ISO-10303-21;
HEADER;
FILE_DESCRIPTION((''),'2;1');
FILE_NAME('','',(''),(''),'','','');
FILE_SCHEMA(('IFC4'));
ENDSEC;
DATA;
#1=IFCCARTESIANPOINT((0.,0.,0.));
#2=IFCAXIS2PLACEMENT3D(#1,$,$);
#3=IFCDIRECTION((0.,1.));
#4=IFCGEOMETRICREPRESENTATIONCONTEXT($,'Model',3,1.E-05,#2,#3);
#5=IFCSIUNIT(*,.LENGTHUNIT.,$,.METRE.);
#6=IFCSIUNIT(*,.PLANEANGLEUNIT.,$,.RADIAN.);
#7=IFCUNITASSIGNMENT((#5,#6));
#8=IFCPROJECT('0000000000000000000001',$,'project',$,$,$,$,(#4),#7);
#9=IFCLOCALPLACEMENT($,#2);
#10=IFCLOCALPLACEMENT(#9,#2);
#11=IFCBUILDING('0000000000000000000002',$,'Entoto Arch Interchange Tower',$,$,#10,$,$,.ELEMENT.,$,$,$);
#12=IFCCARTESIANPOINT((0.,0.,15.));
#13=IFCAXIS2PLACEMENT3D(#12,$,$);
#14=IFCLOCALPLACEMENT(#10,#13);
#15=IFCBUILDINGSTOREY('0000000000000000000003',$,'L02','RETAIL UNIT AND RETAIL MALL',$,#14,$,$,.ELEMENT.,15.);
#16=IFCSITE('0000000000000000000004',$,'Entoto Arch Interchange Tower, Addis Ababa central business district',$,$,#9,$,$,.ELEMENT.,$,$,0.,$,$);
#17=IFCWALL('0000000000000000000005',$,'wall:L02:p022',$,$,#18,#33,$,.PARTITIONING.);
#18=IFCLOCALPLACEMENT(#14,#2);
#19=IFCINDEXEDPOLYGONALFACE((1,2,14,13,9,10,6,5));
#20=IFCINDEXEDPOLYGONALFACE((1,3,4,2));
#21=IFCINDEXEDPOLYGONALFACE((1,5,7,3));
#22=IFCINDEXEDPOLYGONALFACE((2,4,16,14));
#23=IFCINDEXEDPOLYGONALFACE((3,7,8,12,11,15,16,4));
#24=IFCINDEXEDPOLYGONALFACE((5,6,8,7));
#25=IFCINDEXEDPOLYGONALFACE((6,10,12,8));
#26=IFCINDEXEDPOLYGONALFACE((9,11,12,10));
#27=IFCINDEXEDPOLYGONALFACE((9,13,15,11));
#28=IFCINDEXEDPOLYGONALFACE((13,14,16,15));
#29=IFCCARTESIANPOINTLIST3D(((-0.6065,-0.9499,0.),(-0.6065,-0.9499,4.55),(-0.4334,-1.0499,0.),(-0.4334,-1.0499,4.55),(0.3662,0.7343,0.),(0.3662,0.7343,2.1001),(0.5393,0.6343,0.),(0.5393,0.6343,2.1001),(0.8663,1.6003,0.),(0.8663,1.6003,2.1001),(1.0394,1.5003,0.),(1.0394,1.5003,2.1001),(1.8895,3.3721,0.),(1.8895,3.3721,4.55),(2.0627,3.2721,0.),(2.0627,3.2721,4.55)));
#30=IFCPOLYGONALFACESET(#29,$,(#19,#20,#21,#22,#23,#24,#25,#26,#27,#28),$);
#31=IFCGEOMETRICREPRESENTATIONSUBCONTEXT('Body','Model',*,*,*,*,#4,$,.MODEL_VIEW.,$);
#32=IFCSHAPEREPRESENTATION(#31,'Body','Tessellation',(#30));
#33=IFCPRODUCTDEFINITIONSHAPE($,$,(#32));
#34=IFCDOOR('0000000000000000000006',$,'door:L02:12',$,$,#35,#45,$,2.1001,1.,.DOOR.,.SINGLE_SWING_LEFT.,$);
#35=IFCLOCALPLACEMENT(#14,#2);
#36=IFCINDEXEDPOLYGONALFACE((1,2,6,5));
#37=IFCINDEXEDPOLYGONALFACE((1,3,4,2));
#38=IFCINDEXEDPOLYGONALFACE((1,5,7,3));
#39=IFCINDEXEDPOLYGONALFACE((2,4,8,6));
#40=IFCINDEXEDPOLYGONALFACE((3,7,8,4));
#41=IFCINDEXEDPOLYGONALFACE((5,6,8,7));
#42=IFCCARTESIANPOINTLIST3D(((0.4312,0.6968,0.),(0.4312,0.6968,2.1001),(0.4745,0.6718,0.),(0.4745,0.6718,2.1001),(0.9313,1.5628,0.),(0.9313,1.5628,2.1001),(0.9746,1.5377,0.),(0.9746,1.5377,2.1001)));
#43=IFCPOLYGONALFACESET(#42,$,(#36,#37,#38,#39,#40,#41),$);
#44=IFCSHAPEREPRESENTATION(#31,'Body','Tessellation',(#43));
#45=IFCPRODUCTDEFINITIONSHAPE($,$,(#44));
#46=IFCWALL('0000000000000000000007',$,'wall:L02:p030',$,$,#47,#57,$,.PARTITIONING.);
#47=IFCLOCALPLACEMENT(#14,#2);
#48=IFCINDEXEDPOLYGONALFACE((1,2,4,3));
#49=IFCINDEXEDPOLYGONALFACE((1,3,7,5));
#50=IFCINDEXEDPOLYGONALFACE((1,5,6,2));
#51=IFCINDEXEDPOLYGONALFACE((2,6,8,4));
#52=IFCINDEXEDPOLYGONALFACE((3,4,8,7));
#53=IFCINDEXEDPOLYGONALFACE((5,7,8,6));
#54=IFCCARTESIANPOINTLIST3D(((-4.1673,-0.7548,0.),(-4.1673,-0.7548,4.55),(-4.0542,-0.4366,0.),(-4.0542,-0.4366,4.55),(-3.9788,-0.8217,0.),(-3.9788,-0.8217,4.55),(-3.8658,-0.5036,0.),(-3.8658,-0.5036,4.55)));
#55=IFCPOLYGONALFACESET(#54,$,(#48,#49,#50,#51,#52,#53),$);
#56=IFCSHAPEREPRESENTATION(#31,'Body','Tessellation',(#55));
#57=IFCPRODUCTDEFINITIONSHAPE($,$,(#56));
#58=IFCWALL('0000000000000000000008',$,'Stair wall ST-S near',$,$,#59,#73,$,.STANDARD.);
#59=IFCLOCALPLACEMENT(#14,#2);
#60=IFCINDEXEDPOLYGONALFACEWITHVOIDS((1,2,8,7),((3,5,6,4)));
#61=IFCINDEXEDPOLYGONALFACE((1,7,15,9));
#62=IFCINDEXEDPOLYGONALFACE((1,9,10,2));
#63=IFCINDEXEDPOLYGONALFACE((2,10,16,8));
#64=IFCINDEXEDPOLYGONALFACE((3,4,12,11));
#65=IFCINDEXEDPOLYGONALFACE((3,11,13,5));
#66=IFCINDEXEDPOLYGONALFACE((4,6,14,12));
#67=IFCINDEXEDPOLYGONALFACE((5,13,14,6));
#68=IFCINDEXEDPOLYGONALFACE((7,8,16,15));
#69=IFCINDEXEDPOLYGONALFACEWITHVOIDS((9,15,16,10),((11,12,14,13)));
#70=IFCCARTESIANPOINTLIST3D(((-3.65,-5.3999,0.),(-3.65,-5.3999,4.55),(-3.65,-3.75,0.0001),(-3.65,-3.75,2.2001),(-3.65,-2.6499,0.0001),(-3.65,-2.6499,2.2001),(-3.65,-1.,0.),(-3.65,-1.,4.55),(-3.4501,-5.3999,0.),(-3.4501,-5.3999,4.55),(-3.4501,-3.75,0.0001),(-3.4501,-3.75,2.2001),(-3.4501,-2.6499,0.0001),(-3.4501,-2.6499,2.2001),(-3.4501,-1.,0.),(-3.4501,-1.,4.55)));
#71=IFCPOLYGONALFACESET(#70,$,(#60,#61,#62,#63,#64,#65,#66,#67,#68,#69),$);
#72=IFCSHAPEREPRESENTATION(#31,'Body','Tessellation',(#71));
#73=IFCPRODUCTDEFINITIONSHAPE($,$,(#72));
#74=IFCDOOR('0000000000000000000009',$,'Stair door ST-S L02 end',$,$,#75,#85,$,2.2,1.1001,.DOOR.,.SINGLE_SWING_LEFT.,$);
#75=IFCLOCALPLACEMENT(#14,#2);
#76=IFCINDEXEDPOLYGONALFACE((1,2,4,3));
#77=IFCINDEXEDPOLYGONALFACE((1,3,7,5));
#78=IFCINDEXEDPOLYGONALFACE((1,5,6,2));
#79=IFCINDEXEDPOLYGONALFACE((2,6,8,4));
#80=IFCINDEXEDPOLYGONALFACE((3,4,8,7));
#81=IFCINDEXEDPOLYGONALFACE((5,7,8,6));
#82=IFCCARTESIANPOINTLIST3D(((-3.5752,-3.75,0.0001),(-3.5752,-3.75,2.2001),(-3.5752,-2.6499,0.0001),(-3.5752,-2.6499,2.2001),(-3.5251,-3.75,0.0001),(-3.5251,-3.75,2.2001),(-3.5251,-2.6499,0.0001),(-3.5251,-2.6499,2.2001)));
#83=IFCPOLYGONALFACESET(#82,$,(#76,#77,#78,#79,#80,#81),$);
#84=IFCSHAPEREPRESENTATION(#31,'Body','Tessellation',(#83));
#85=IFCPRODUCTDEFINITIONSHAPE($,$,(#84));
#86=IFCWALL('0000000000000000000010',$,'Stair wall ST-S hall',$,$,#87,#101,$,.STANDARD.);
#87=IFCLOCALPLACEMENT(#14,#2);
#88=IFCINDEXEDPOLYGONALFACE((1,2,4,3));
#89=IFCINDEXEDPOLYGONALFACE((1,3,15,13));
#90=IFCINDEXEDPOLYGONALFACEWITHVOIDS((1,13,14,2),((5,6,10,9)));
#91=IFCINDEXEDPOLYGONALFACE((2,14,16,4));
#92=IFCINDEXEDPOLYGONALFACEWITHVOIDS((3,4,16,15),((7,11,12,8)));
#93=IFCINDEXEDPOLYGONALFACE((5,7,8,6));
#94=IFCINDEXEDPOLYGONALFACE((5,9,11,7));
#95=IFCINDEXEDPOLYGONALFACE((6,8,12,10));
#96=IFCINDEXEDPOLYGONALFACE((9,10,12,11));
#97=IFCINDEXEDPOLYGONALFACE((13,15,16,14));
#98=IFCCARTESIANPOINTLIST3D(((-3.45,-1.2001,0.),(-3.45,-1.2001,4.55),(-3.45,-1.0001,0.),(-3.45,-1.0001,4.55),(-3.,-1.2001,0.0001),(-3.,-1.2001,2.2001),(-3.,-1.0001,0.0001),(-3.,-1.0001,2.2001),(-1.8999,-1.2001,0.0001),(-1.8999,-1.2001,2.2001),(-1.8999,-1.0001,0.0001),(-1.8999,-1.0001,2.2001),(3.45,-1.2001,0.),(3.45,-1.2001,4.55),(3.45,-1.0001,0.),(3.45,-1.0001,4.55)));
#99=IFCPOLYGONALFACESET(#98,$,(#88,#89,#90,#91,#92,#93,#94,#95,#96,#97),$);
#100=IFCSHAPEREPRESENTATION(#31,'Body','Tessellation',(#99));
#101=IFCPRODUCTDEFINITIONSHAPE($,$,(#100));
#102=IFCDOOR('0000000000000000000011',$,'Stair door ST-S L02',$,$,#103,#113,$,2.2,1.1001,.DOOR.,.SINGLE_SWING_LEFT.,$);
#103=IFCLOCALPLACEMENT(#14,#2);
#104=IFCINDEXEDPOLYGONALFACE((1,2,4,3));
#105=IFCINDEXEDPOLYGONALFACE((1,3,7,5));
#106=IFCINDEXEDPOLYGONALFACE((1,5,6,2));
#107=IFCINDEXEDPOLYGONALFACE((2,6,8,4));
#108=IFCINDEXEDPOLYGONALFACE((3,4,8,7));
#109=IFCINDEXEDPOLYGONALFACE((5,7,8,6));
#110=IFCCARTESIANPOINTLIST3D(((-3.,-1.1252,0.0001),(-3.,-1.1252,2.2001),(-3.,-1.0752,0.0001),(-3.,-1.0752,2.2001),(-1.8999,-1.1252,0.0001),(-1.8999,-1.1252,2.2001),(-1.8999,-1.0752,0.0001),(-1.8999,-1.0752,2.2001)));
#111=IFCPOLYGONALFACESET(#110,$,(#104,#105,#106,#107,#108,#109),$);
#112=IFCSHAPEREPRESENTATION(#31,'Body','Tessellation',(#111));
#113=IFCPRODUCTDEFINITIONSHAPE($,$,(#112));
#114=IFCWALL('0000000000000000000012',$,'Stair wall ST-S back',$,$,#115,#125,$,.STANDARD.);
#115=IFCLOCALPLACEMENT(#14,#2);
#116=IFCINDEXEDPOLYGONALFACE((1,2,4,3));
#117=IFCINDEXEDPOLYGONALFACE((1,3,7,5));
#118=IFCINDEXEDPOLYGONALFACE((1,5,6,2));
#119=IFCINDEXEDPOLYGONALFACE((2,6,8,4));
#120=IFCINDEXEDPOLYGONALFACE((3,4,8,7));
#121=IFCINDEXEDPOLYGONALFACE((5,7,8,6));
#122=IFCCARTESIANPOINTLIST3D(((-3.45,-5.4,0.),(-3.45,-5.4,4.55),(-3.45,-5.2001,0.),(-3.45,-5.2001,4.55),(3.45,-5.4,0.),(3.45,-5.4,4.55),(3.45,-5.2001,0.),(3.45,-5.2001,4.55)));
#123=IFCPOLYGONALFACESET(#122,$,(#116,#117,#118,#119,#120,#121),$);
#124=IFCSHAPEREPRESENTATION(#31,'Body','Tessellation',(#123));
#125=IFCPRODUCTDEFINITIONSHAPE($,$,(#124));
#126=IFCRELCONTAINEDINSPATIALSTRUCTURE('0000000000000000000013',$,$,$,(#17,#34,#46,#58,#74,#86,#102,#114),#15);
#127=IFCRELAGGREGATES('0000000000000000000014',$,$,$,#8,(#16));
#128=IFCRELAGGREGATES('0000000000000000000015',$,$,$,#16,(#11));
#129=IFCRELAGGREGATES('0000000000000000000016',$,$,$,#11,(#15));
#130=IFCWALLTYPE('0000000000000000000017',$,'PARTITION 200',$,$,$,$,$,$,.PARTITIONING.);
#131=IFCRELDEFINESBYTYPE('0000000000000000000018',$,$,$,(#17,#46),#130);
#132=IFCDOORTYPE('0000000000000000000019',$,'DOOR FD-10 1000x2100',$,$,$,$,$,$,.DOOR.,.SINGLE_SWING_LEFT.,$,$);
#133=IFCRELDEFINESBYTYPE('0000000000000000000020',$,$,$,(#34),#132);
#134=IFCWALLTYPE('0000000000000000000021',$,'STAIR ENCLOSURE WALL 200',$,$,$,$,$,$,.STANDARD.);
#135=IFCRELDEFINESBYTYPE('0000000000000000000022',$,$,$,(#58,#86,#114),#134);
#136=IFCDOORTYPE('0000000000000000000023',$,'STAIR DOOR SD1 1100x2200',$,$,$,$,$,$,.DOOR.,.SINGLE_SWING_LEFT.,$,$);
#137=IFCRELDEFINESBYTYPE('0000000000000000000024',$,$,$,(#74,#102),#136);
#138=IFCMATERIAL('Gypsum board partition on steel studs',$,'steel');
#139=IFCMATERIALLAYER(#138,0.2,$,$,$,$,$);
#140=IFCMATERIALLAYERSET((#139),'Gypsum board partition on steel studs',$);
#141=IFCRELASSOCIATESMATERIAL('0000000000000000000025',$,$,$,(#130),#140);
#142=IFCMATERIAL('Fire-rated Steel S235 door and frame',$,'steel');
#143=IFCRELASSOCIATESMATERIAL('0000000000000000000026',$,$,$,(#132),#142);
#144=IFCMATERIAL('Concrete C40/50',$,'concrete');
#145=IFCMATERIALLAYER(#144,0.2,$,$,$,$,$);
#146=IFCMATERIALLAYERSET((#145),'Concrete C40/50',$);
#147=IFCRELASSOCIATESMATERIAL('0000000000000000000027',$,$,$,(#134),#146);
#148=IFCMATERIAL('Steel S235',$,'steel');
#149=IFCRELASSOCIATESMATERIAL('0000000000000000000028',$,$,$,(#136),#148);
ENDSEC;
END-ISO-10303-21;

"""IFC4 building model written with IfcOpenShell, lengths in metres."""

from ifc_helpers import new_model, si_unit, direction, frame, frame_2d, origin, place, context, subcontext, project, spatial, rectangle, extrude, material, layer, layer_set, type_object, element, fill, save


model = new_model("IFC4")

# Units and contexts
model_context = context("Model", 3, precision=1e-05, world=origin(), true_north=direction((0.0, 1.0)))
body_context = subcontext(model_context, "Body", "Model", "MODEL_VIEW")
ifc_project = project(units=[si_unit("LENGTHUNIT", "METRE"), si_unit("PLANEANGLEUNIT", "RADIAN")], contexts=[model_context])

# Site, building, storey
site_placement = place(None, origin())
site = spatial("IfcSite", under=ifc_project, at=site_placement, Name="Entoto Arch Interchange Tower, Addis Ababa central business district", CompositionType="ELEMENT", RefElevation=0.0)
building_placement = place(site_placement, origin())
building = spatial("IfcBuilding", under=site, at=building_placement, Name="Entoto Arch Interchange Tower", CompositionType="ELEMENT")
storey_placement = place(building_placement, frame((0.0, 0.0, 15.0)))
storey = spatial("IfcBuildingStorey", under=building, at=storey_placement, Name="L02", Description="RETAIL UNIT AND RETAIL MALL", CompositionType="ELEMENT", Elevation=15.0)

# Shared definitions
ifc_material_1 = material(Name="Concrete C40/50", Category="concrete")
ifc_material_2 = material(Name="Gypsum board partition on steel studs", Category="steel")
ifc_layer_1 = layer(ifc_material_2, 0.2)
ifc_layer_set_1 = layer_set([ifc_layer_1], Name="Gypsum board partition on steel studs")
wall_type_1 = type_object("IfcWallType", Name="PARTITION 200", PredefinedType="PARTITIONING", material=ifc_layer_set_1)

# Wall, opening, door
wall_1_placement = place(storey_placement, frame((-0.52, -1.0, 0.0), z_axis=(0.0, 0.0, 1.0), x_axis=(0.500116, 0.865958, 0.0)))
wall_1 = element("IfcWall", 1, at=wall_1_placement, inside=storey, type_object=wall_type_1, Name="wall:L02:p022", PredefinedType="PARTITIONING", context=body_context, shape_type="SweptSolid", body=[
    extrude(rectangle(XDim=4.991, YDim=0.2, at=frame_2d((2.4956, 0.0))), origin(), (0.0, 0.0, 1.0), 4.55),
])
opening_1_placement = place(wall_1_placement, frame((1.9451, 0.0, 0.0)))
opening_1 = element("IfcOpeningElement", 2, at=opening_1_placement, cuts=wall_1, PredefinedType="OPENING", context=body_context, shape_type="SweptSolid", body=[
    extrude(rectangle(XDim=1.0, YDim=2.1001, at=frame_2d((0.5, 1.05))), frame((0.0, 0.1099, 0.0), z_axis=(0.0, -1.0, 0.0), x_axis=(1.0, 0.0, 0.0)), (0.0, 0.0, 1.0), 0.22),
])
ifc_material_3 = material(Name="Fire-rated Steel S235 door and frame", Category="steel")
door_type_1 = type_object("IfcDoorType", Name="DOOR FD-10 1000x2100", OperationType="SINGLE_SWING_LEFT", PredefinedType="DOOR", material=ifc_material_3)
door_1_placement = place(opening_1_placement, origin())
door_1 = element("IfcDoor", 3, at=door_1_placement, inside=storey, type_object=door_type_1, Name="door:L02:12", OperationType="SINGLE_SWING_LEFT", OverallHeight=2.1001, OverallWidth=1.0, PredefinedType="DOOR", context=body_context, shape_type="SweptSolid", body=[
    extrude(rectangle(XDim=1.0, YDim=2.1001, at=frame_2d((0.5, 1.05))), frame((0.0, 0.0249, 0.0), z_axis=(0.0, -1.0, 0.0), x_axis=(1.0, 0.0, 0.0)), (0.0, 0.0, 1.0), 0.05),
])
fill(opening_1, door_1)

# Wall
wall_2_placement = place(storey_placement, frame((-3.96, -0.47, 0.0), z_axis=(0.0, 0.0, 1.0), x_axis=(-0.334824, -0.942281, 0.0)))
element("IfcWall", 4, at=wall_2_placement, inside=storey, type_object=wall_type_1, Name="wall:L02:p030", PredefinedType="PARTITIONING", context=body_context, shape_type="SweptSolid", body=[
    extrude(rectangle(XDim=0.3376, YDim=0.2, at=frame_2d((0.1689, 0.0))), origin(), (0.0, 0.0, 1.0), 4.55),
])

# Walls, openings, doors
ifc_layer_2 = layer(ifc_material_1, 0.2)
ifc_layer_set_2 = layer_set([ifc_layer_2], Name="Concrete C40/50")
wall_type_2 = type_object("IfcWallType", Name="STAIR ENCLOSURE WALL 200", PredefinedType="STANDARD", material=ifc_layer_set_2)
wall_3_placement = place(storey_placement, frame((-3.55, -1.0, 0.0), z_axis=(0.0, 0.0, 1.0), x_axis=(0.0, -1.0, 0.0)))
wall_3 = element("IfcWall", 5, at=wall_3_placement, inside=storey, type_object=wall_type_2, Name="Stair wall ST-S near", PredefinedType="STANDARD", context=body_context, shape_type="SweptSolid", body=[
    extrude(rectangle(XDim=4.3999, YDim=0.2, at=frame_2d((2.2, 0.0))), origin(), (0.0, 0.0, 1.0), 4.55),
])
opening_2_placement = place(wall_3_placement, frame((1.6499, 0.0, 0.0)))
opening_2 = element("IfcOpeningElement", 6, at=opening_2_placement, cuts=wall_3, PredefinedType="OPENING", context=body_context, shape_type="SweptSolid", body=[
    extrude(rectangle(XDim=1.1001, YDim=2.2, at=frame_2d((0.55, 1.1001))), frame((0.0, 0.1099, 0.0), z_axis=(0.0, -1.0, 0.0), x_axis=(1.0, 0.0, 0.0)), (0.0, 0.0, 1.0), 0.22),
])
ifc_material_4 = material(Name="Steel S235", Category="steel")
door_type_2 = type_object("IfcDoorType", Name="STAIR DOOR SD1 1100x2200", OperationType="SINGLE_SWING_LEFT", PredefinedType="DOOR", material=ifc_material_4)
door_2_placement = place(opening_2_placement, origin())
door_2 = element("IfcDoor", 7, at=door_2_placement, inside=storey, type_object=door_type_2, Name="Stair door ST-S L02 end", OperationType="SINGLE_SWING_LEFT", OverallHeight=2.2, OverallWidth=1.1001, PredefinedType="DOOR", context=body_context, shape_type="SweptSolid", body=[
    extrude(rectangle(XDim=1.1001, YDim=2.2, at=frame_2d((0.55, 1.1001))), frame((0.0, 0.0249, 0.0), z_axis=(0.0, -1.0, 0.0), x_axis=(1.0, 0.0, 0.0)), (0.0, 0.0, 1.0), 0.05),
])
fill(opening_2, door_2)
wall_4_placement = place(storey_placement, frame((-3.45, -1.1001, 0.0), z_axis=(0.0, 0.0, 1.0), x_axis=(1.0, 0.0, 0.0)))
wall_4 = element("IfcWall", 8, at=wall_4_placement, inside=storey, type_object=wall_type_2, Name="Stair wall ST-S hall", PredefinedType="STANDARD", context=body_context, shape_type="SweptSolid", body=[
    extrude(rectangle(XDim=6.8999, YDim=0.2, at=frame_2d((3.45, 0.0))), origin(), (0.0, 0.0, 1.0), 4.55),
])
opening_3_placement = place(wall_4_placement, frame((0.45, 0.0, 0.0)))
opening_3 = element("IfcOpeningElement", 9, at=opening_3_placement, cuts=wall_4, PredefinedType="OPENING", context=body_context, shape_type="SweptSolid", body=[
    extrude(rectangle(XDim=1.1001, YDim=2.2, at=frame_2d((0.55, 1.1001))), frame((0.0, 0.1099, 0.0), z_axis=(0.0, -1.0, 0.0), x_axis=(1.0, 0.0, 0.0)), (0.0, 0.0, 1.0), 0.22),
])
door_3_placement = place(opening_3_placement, origin())
door_3 = element("IfcDoor", 10, at=door_3_placement, inside=storey, type_object=door_type_2, Name="Stair door ST-S L02", OperationType="SINGLE_SWING_LEFT", OverallHeight=2.2, OverallWidth=1.1001, PredefinedType="DOOR", context=body_context, shape_type="SweptSolid", body=[
    extrude(rectangle(XDim=1.1001, YDim=2.2, at=frame_2d((0.55, 1.1001))), frame((0.0, 0.0249, 0.0), z_axis=(0.0, -1.0, 0.0), x_axis=(1.0, 0.0, 0.0)), (0.0, 0.0, 1.0), 0.05),
])
fill(opening_3, door_3)

# Wall
wall_5_placement = place(storey_placement, frame((-3.45, -5.3, 0.0), z_axis=(0.0, 0.0, 1.0), x_axis=(1.0, 0.0, 0.0)))
element("IfcWall", 11, at=wall_5_placement, inside=storey, type_object=wall_type_2, Name="Stair wall ST-S back", PredefinedType="STANDARD", context=body_context, shape_type="SweptSolid", body=[
    extrude(rectangle(XDim=6.8999, YDim=0.2, at=frame_2d((3.45, 0.0))), origin(), (0.0, 0.0, 1.0), 4.55),
])

save(model, "model.ifc")
